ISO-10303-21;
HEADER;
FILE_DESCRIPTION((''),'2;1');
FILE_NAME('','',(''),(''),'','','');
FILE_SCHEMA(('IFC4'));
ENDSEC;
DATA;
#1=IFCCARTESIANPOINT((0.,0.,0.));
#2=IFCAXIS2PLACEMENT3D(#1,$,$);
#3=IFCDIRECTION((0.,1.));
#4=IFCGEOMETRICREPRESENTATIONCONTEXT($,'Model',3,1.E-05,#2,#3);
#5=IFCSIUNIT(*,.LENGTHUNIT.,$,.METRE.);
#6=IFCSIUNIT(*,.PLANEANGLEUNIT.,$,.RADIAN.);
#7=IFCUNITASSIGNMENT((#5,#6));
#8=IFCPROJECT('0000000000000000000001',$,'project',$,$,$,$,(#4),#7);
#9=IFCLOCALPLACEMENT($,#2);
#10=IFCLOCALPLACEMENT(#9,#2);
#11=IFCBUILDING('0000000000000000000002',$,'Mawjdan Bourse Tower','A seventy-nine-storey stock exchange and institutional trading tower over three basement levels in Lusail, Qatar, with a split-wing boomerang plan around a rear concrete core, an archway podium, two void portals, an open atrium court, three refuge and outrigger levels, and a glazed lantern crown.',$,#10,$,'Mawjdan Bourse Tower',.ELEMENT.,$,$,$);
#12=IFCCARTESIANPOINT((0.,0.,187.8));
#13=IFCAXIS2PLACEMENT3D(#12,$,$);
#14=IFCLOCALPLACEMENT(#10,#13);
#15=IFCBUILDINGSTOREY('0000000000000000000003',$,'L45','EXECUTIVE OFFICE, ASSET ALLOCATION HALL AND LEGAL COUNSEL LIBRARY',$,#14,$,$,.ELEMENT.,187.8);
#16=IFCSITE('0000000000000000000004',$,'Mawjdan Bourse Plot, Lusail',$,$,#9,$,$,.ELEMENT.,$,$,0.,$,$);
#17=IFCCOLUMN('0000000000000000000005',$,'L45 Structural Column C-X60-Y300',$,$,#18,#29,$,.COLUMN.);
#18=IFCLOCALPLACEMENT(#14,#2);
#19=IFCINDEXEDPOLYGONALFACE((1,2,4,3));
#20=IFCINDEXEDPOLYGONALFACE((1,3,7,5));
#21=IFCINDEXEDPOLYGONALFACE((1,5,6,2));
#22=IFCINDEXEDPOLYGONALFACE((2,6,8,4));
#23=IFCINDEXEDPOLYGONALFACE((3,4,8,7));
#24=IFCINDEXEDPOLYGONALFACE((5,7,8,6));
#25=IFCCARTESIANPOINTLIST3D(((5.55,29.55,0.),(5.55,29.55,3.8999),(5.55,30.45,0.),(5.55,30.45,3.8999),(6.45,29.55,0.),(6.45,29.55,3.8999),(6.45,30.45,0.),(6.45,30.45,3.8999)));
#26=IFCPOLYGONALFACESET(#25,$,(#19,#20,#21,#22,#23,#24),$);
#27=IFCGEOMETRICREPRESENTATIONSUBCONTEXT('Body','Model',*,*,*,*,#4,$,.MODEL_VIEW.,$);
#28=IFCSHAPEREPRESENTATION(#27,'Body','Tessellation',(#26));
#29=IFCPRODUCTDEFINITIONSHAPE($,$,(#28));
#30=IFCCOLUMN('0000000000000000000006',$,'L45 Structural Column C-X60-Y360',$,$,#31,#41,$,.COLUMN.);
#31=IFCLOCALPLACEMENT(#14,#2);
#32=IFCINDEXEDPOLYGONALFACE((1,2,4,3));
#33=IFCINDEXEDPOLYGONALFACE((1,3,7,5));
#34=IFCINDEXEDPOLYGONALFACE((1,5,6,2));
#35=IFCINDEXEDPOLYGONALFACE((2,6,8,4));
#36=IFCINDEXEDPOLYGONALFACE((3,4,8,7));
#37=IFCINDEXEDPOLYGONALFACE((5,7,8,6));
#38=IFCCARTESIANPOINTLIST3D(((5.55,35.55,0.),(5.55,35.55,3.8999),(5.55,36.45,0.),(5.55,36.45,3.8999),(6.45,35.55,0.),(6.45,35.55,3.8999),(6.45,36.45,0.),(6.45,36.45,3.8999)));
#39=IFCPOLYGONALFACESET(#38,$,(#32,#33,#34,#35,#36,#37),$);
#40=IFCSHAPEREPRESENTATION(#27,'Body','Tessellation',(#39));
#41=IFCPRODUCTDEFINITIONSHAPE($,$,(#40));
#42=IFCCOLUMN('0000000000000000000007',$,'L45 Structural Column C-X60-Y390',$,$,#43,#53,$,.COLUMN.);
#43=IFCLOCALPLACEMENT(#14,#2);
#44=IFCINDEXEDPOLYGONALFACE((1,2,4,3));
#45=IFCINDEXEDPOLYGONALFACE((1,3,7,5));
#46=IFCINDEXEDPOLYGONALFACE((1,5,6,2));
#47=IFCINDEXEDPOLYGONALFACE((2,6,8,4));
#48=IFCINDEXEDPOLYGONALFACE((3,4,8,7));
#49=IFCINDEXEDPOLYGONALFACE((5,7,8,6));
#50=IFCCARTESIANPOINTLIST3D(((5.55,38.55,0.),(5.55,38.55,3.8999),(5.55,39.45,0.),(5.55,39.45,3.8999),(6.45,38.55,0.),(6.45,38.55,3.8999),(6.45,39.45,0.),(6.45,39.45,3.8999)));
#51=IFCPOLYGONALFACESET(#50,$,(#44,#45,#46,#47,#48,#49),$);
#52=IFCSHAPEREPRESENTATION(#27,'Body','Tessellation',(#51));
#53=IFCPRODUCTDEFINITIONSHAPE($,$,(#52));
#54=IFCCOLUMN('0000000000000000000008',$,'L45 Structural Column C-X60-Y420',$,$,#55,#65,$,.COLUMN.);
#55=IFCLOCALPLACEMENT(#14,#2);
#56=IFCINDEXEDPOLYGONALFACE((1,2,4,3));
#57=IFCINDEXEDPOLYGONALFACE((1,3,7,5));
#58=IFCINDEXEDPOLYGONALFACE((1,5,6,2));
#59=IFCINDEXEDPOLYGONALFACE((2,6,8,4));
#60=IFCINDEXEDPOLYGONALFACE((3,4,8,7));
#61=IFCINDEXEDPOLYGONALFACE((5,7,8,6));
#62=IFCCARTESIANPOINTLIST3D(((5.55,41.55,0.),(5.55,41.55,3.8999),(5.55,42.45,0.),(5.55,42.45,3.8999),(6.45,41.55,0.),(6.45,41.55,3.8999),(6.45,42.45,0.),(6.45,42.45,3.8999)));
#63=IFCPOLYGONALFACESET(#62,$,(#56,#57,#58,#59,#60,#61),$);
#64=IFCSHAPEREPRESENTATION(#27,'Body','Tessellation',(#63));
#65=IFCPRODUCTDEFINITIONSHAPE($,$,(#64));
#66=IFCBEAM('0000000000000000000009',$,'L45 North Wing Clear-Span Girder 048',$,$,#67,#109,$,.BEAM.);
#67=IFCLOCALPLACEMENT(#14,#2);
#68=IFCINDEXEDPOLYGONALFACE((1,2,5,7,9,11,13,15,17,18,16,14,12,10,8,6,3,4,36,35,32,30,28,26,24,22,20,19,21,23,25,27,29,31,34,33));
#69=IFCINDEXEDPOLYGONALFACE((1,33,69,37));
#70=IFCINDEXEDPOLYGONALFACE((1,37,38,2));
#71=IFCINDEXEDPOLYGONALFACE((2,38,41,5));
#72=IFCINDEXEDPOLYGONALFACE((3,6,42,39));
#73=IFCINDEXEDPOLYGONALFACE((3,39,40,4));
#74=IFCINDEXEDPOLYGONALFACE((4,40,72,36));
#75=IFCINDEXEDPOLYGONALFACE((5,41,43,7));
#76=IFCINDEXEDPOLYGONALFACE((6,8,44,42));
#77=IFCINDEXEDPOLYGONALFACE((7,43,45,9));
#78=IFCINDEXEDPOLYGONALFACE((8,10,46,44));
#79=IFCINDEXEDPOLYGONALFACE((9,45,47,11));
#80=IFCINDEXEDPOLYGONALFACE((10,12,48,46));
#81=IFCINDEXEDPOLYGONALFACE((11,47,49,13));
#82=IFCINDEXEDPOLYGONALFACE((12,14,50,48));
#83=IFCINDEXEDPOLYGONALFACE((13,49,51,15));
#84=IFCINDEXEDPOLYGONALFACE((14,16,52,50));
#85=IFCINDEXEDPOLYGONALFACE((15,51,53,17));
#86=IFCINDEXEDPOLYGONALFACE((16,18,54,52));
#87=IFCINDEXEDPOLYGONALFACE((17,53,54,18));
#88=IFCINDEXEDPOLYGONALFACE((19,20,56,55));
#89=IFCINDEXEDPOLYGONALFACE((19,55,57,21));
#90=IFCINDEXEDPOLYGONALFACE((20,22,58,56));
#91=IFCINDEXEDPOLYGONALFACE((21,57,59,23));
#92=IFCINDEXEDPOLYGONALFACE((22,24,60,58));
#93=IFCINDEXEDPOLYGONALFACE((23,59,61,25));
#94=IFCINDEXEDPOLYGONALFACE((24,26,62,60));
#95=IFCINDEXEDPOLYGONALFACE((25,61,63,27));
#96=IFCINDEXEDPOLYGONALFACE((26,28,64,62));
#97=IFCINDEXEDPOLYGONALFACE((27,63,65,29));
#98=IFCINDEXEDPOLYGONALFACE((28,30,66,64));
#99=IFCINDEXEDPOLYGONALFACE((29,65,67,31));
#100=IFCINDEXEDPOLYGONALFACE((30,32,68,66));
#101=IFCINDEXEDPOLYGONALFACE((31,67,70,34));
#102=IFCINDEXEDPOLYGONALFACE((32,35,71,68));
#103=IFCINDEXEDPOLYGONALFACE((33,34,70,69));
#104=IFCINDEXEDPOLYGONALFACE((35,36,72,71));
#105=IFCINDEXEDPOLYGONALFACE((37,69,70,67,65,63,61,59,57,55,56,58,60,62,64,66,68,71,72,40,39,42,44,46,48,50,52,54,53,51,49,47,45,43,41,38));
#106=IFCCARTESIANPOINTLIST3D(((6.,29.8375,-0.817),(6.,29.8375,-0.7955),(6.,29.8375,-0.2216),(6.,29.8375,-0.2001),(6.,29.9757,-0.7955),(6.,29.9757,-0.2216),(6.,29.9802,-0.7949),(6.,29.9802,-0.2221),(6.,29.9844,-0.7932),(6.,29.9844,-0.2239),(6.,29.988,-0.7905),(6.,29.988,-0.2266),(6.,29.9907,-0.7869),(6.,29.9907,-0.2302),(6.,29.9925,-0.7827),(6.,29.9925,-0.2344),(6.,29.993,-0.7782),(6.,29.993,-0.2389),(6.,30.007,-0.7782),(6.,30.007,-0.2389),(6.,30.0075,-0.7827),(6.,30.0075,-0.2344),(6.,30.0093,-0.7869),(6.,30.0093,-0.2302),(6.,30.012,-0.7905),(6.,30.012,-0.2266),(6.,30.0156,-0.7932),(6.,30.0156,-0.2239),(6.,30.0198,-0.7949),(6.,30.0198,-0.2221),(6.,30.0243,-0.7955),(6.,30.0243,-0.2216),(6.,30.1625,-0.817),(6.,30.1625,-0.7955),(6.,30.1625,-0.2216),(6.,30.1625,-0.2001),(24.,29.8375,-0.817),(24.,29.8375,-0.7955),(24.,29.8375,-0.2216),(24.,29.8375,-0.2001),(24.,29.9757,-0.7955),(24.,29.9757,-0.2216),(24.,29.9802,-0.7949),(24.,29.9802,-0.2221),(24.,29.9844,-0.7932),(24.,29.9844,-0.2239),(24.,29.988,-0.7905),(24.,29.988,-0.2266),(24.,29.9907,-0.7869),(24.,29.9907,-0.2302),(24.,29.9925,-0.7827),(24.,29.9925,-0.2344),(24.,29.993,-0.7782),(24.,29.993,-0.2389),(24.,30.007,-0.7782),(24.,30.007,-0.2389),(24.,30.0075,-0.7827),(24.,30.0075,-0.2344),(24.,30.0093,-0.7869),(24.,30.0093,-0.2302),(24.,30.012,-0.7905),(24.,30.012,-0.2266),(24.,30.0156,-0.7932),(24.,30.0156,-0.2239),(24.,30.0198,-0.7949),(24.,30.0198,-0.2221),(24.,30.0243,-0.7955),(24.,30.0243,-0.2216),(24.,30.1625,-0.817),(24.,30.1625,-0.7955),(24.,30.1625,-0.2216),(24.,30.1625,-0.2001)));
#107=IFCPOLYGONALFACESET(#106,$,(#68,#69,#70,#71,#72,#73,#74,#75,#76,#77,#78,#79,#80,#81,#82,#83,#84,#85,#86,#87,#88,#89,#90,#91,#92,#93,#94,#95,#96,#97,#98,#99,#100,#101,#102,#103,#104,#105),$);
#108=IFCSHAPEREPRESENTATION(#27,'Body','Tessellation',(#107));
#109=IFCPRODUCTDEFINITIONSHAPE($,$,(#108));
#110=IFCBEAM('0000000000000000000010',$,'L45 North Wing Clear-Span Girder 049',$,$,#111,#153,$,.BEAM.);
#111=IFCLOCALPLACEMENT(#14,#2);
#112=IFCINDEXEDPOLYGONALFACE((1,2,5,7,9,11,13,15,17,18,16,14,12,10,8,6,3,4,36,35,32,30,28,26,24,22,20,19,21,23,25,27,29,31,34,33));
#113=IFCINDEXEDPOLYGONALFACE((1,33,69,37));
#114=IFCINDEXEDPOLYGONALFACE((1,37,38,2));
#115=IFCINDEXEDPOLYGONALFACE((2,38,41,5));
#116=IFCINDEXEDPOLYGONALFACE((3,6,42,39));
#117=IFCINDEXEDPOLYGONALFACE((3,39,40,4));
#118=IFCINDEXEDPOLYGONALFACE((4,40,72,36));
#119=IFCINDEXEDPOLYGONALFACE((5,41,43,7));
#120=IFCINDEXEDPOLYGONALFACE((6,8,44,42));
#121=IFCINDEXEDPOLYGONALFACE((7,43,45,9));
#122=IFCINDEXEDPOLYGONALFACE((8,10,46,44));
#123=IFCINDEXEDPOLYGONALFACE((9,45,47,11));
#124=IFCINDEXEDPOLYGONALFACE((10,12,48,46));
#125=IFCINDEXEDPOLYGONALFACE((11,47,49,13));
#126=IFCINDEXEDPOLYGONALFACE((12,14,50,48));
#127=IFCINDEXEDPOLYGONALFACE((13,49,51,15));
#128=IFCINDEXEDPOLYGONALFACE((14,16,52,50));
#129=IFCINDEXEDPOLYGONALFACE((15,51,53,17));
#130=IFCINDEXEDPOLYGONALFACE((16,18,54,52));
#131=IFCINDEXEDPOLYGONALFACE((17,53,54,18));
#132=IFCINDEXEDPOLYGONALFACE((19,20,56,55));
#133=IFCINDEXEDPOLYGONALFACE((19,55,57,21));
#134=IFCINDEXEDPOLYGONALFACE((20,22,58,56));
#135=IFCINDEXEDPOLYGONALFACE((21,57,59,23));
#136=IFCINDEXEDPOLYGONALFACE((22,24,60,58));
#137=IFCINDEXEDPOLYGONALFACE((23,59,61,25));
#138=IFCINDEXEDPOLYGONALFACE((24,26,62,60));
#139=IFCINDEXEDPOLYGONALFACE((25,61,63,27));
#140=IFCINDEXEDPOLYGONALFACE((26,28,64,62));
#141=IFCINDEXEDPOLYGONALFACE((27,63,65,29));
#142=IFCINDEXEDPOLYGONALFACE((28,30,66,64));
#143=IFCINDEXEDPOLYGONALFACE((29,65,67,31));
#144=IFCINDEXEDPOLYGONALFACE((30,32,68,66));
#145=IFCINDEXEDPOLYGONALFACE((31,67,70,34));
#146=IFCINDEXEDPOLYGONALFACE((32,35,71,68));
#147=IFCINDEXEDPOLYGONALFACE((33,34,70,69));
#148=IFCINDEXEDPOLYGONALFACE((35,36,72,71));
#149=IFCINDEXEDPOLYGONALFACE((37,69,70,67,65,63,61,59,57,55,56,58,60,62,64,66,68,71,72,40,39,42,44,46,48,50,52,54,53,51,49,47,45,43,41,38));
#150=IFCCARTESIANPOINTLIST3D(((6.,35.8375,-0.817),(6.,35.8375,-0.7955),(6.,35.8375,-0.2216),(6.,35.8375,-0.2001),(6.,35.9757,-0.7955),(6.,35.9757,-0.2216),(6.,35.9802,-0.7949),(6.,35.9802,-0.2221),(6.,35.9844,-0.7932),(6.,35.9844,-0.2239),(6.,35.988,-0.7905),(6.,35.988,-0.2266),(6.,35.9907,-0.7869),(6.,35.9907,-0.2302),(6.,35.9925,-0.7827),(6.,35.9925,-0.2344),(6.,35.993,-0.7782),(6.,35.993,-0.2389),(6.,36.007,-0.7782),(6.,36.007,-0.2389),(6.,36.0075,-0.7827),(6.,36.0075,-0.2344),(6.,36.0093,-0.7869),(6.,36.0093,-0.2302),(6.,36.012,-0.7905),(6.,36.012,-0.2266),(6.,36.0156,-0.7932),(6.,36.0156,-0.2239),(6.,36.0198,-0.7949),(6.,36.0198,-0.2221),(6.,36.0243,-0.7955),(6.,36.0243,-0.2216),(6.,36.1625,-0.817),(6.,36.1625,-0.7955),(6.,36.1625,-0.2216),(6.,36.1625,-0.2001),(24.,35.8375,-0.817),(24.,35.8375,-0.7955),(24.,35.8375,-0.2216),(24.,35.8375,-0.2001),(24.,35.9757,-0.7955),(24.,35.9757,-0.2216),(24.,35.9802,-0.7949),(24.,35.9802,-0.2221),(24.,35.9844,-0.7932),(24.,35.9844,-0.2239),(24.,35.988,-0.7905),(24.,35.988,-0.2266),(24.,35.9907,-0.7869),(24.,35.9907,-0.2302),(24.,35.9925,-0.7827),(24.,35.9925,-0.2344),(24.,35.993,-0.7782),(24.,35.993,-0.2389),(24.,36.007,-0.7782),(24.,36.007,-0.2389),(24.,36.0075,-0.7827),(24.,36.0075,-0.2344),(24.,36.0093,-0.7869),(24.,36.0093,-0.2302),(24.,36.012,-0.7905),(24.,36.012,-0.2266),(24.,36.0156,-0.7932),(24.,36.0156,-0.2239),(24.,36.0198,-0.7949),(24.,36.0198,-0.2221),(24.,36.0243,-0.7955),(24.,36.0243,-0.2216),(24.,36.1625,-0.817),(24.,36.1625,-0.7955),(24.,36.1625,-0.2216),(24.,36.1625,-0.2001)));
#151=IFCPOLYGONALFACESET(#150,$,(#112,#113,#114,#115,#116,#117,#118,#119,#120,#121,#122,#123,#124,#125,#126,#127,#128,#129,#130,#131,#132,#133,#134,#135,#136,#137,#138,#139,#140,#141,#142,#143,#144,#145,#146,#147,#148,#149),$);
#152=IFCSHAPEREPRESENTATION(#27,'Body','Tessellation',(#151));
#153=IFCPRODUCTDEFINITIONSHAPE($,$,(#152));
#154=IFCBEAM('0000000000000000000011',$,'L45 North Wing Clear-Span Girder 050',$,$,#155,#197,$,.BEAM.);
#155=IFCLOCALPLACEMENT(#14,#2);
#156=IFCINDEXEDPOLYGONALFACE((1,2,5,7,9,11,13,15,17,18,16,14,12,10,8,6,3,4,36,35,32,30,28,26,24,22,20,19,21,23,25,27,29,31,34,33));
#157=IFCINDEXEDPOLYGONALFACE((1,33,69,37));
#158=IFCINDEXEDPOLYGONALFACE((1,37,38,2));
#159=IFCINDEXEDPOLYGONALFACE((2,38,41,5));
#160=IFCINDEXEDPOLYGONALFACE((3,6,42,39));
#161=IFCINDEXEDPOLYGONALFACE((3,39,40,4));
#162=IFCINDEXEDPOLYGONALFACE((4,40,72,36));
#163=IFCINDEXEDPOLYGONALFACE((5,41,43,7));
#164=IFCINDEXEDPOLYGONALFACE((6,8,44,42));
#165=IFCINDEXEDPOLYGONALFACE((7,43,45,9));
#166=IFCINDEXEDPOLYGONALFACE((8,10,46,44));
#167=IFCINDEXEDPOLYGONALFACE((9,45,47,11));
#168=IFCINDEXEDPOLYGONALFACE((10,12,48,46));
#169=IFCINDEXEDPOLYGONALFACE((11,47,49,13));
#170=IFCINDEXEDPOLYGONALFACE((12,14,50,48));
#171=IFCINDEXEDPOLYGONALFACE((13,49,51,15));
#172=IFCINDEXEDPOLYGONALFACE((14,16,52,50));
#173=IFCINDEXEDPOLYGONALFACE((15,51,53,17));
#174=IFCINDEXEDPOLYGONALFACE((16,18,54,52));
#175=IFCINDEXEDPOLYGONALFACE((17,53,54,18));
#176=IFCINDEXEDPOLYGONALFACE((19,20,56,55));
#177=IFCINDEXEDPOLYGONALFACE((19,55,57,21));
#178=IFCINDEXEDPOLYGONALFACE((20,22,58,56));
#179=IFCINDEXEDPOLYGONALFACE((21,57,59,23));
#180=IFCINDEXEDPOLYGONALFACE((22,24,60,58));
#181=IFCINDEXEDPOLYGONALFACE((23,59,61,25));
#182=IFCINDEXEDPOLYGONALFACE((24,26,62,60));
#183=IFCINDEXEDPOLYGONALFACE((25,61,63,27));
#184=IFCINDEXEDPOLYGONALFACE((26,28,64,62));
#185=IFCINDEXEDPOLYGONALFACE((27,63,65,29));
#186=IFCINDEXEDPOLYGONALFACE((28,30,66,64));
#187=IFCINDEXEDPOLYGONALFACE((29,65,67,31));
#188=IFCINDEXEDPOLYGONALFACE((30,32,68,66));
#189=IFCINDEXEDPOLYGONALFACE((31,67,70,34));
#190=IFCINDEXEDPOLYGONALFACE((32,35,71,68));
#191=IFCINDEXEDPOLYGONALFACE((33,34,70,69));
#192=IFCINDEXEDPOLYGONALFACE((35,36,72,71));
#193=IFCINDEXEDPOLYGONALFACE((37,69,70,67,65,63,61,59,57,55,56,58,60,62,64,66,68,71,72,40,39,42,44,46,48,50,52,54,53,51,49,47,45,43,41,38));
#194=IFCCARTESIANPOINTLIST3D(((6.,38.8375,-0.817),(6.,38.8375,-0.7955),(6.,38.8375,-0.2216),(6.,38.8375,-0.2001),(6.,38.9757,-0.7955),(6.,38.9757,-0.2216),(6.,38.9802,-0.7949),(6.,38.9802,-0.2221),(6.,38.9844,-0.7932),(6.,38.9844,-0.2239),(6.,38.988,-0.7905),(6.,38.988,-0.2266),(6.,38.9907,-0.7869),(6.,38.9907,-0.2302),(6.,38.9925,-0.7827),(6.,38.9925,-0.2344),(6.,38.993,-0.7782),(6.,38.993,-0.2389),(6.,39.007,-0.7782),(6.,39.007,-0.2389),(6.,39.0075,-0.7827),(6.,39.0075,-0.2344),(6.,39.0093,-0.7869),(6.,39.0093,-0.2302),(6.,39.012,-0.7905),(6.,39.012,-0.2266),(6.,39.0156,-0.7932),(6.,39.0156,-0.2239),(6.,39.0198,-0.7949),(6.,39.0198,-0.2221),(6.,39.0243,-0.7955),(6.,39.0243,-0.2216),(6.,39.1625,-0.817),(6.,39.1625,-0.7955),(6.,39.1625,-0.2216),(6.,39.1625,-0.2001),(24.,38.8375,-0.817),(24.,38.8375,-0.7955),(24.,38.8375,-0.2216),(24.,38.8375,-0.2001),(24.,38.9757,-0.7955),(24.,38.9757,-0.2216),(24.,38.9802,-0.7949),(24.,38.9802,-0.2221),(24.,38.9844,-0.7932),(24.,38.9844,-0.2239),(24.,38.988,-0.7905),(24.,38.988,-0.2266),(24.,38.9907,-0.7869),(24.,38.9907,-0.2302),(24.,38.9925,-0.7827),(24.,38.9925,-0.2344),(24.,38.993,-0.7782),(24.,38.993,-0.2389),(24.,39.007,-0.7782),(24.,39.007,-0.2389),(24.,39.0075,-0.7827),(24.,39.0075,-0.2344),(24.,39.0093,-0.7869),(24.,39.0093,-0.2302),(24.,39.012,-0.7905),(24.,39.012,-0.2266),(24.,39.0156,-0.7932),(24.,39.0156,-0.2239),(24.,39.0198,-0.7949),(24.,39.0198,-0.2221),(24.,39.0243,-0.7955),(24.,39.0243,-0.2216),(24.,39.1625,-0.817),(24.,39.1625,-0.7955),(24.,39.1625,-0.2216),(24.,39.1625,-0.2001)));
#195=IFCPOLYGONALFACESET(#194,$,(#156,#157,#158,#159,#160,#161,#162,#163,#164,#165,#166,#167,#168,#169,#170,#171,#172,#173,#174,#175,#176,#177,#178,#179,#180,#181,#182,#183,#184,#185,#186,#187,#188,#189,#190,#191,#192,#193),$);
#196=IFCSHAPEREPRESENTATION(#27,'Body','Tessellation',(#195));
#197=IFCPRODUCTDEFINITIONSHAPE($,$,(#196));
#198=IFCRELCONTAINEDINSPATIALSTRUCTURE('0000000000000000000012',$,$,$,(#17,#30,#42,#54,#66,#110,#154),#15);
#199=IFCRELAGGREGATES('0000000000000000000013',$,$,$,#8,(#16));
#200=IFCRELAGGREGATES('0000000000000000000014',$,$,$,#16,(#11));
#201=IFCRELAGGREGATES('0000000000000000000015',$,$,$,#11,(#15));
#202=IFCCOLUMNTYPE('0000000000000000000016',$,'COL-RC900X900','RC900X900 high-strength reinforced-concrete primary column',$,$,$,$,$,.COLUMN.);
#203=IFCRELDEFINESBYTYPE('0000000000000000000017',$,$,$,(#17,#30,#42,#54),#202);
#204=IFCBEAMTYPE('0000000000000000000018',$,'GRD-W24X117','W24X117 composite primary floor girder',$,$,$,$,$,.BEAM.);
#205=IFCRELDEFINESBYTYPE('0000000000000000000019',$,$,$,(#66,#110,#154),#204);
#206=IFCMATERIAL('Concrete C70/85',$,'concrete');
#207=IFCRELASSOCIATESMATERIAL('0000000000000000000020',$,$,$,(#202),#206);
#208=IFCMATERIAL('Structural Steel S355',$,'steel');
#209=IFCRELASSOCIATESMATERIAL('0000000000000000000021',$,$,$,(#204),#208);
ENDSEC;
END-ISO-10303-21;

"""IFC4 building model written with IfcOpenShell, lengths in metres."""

from ifc_helpers import new_model, si_unit, direction, frame, origin, origin_2d, place, context, subcontext, project, spatial, rectangle, i_section, extrude, material, material_profile, profile_set, type_object, element, save


model = new_model("IFC4")

# Units and contexts
model_context = context("Model", 3, precision=1e-05, world=origin(), true_north=direction((0.0, 1.0)))
body_context = subcontext(model_context, "Body", "Model", "MODEL_VIEW")
ifc_project = project(units=[si_unit("LENGTHUNIT", "METRE"), si_unit("PLANEANGLEUNIT", "RADIAN")], contexts=[model_context])

# Site, building, storey
site_placement = place(None, origin())
site = spatial("IfcSite", under=ifc_project, at=site_placement, Name="Mawjdan Bourse Plot, Lusail", CompositionType="ELEMENT", RefElevation=0.0)
building_placement = place(site_placement, origin())
building = spatial("IfcBuilding", under=site, at=building_placement, Name="Mawjdan Bourse Tower", Description="A seventy-nine-storey stock exchange and institutional trading tower over three basement levels in Lusail, Qatar, with a split-wing boomerang plan around a rear concrete core, an archway podium, two void portals, an open atrium court, three refuge and outrigger levels, and a glazed lantern crown.", LongName="Mawjdan Bourse Tower", CompositionType="ELEMENT")
storey_placement = place(building_placement, frame((0.0, 0.0, 187.8)))
storey = spatial("IfcBuildingStorey", under=building, at=storey_placement, Name="L45", Description="EXECUTIVE OFFICE, ASSET ALLOCATION HALL AND LEGAL COUNSEL LIBRARY", CompositionType="ELEMENT", Elevation=187.8)

# Columns
ifc_material_1 = material(Name="Concrete C70/85", Category="concrete")
ifc_material_profile_1 = material_profile(ifc_material_1, rectangle(XDim=0.8999, YDim=0.8999, at=origin_2d()), Name="RC900X900")
ifc_profile_set_1 = profile_set([ifc_material_profile_1], Name="Concrete C70/85")
column_type = type_object("IfcColumnType", Name="COL-RC900X900", Description="RC900X900 high-strength reinforced-concrete primary column", PredefinedType="COLUMN", material=ifc_profile_set_1)
for number, where, z_axis, x_axis, name in (
    (1, (6.0, 30.0, 0.0), (0.0, 0.0, 1.0), (1.0, 0.0, 0.0), "L45 Structural Column C-X60-Y300"),
    (2, (6.0, 36.0, 0.0), (0.0, 0.0, 1.0), (1.0, 0.0, 0.0), "L45 Structural Column C-X60-Y360"),
    (3, (6.0, 39.0, 0.0), (0.0, 0.0, 1.0), (1.0, 0.0, 0.0), "L45 Structural Column C-X60-Y390"),
    (4, (6.0, 42.0, 0.0), (0.0, 0.0, 1.0), (1.0, 0.0, 0.0), "L45 Structural Column C-X60-Y420"),
):
    element("IfcColumn", number, at=place(storey_placement, frame(where, z_axis=z_axis, x_axis=x_axis)), inside=storey, type_object=column_type, Name=name, PredefinedType="COLUMN", context=body_context, shape_type="SweptSolid", body=[
        extrude(rectangle(XDim=0.8999, YDim=0.8999, at=origin_2d()), origin(), (0.0, 0.0, 1.0), 3.8999),
    ])

# Beams
ifc_material_2 = material(Name="Structural Steel S355", Category="steel")
ifc_material_profile_2 = material_profile(ifc_material_2, i_section(OverallWidth=0.325, OverallDepth=0.6169, WebThickness=0.0139, FlangeThickness=0.0215, FilletRadius=0.0173, at=origin_2d()), Name="W24X117")
ifc_profile_set_2 = profile_set([ifc_material_profile_2], Name="Structural Steel S355")
beam_type_1 = type_object("IfcBeamType", Name="GRD-W24X117", Description="W24X117 composite primary floor girder", PredefinedType="BEAM", material=ifc_profile_set_2)
for number, where, z_axis, x_axis, name in (
    (5, (6.0, 30.0, -0.5085), (1.0, 0.0, 0.0), (0.0, 1.0, 0.0), "L45 North Wing Clear-Span Girder 048"),
    (6, (6.0, 36.0, -0.5085), (1.0, 0.0, 0.0), (0.0, 1.0, 0.0), "L45 North Wing Clear-Span Girder 049"),
    (7, (6.0, 39.0, -0.5085), (1.0, 0.0, 0.0), (0.0, 1.0, 0.0), "L45 North Wing Clear-Span Girder 050"),
):
    element("IfcBeam", number, at=place(storey_placement, frame(where, z_axis=z_axis, x_axis=x_axis)), inside=storey, type_object=beam_type_1, Name=name, PredefinedType="BEAM", context=body_context, shape_type="SweptSolid", body=[
        extrude(i_section(OverallWidth=0.325, OverallDepth=0.6169, WebThickness=0.0139, FlangeThickness=0.0215, FilletRadius=0.0173, at=origin_2d()), origin(), (0.0, 0.0, 1.0), 18.0),
    ])

save(model, "model.ifc")
